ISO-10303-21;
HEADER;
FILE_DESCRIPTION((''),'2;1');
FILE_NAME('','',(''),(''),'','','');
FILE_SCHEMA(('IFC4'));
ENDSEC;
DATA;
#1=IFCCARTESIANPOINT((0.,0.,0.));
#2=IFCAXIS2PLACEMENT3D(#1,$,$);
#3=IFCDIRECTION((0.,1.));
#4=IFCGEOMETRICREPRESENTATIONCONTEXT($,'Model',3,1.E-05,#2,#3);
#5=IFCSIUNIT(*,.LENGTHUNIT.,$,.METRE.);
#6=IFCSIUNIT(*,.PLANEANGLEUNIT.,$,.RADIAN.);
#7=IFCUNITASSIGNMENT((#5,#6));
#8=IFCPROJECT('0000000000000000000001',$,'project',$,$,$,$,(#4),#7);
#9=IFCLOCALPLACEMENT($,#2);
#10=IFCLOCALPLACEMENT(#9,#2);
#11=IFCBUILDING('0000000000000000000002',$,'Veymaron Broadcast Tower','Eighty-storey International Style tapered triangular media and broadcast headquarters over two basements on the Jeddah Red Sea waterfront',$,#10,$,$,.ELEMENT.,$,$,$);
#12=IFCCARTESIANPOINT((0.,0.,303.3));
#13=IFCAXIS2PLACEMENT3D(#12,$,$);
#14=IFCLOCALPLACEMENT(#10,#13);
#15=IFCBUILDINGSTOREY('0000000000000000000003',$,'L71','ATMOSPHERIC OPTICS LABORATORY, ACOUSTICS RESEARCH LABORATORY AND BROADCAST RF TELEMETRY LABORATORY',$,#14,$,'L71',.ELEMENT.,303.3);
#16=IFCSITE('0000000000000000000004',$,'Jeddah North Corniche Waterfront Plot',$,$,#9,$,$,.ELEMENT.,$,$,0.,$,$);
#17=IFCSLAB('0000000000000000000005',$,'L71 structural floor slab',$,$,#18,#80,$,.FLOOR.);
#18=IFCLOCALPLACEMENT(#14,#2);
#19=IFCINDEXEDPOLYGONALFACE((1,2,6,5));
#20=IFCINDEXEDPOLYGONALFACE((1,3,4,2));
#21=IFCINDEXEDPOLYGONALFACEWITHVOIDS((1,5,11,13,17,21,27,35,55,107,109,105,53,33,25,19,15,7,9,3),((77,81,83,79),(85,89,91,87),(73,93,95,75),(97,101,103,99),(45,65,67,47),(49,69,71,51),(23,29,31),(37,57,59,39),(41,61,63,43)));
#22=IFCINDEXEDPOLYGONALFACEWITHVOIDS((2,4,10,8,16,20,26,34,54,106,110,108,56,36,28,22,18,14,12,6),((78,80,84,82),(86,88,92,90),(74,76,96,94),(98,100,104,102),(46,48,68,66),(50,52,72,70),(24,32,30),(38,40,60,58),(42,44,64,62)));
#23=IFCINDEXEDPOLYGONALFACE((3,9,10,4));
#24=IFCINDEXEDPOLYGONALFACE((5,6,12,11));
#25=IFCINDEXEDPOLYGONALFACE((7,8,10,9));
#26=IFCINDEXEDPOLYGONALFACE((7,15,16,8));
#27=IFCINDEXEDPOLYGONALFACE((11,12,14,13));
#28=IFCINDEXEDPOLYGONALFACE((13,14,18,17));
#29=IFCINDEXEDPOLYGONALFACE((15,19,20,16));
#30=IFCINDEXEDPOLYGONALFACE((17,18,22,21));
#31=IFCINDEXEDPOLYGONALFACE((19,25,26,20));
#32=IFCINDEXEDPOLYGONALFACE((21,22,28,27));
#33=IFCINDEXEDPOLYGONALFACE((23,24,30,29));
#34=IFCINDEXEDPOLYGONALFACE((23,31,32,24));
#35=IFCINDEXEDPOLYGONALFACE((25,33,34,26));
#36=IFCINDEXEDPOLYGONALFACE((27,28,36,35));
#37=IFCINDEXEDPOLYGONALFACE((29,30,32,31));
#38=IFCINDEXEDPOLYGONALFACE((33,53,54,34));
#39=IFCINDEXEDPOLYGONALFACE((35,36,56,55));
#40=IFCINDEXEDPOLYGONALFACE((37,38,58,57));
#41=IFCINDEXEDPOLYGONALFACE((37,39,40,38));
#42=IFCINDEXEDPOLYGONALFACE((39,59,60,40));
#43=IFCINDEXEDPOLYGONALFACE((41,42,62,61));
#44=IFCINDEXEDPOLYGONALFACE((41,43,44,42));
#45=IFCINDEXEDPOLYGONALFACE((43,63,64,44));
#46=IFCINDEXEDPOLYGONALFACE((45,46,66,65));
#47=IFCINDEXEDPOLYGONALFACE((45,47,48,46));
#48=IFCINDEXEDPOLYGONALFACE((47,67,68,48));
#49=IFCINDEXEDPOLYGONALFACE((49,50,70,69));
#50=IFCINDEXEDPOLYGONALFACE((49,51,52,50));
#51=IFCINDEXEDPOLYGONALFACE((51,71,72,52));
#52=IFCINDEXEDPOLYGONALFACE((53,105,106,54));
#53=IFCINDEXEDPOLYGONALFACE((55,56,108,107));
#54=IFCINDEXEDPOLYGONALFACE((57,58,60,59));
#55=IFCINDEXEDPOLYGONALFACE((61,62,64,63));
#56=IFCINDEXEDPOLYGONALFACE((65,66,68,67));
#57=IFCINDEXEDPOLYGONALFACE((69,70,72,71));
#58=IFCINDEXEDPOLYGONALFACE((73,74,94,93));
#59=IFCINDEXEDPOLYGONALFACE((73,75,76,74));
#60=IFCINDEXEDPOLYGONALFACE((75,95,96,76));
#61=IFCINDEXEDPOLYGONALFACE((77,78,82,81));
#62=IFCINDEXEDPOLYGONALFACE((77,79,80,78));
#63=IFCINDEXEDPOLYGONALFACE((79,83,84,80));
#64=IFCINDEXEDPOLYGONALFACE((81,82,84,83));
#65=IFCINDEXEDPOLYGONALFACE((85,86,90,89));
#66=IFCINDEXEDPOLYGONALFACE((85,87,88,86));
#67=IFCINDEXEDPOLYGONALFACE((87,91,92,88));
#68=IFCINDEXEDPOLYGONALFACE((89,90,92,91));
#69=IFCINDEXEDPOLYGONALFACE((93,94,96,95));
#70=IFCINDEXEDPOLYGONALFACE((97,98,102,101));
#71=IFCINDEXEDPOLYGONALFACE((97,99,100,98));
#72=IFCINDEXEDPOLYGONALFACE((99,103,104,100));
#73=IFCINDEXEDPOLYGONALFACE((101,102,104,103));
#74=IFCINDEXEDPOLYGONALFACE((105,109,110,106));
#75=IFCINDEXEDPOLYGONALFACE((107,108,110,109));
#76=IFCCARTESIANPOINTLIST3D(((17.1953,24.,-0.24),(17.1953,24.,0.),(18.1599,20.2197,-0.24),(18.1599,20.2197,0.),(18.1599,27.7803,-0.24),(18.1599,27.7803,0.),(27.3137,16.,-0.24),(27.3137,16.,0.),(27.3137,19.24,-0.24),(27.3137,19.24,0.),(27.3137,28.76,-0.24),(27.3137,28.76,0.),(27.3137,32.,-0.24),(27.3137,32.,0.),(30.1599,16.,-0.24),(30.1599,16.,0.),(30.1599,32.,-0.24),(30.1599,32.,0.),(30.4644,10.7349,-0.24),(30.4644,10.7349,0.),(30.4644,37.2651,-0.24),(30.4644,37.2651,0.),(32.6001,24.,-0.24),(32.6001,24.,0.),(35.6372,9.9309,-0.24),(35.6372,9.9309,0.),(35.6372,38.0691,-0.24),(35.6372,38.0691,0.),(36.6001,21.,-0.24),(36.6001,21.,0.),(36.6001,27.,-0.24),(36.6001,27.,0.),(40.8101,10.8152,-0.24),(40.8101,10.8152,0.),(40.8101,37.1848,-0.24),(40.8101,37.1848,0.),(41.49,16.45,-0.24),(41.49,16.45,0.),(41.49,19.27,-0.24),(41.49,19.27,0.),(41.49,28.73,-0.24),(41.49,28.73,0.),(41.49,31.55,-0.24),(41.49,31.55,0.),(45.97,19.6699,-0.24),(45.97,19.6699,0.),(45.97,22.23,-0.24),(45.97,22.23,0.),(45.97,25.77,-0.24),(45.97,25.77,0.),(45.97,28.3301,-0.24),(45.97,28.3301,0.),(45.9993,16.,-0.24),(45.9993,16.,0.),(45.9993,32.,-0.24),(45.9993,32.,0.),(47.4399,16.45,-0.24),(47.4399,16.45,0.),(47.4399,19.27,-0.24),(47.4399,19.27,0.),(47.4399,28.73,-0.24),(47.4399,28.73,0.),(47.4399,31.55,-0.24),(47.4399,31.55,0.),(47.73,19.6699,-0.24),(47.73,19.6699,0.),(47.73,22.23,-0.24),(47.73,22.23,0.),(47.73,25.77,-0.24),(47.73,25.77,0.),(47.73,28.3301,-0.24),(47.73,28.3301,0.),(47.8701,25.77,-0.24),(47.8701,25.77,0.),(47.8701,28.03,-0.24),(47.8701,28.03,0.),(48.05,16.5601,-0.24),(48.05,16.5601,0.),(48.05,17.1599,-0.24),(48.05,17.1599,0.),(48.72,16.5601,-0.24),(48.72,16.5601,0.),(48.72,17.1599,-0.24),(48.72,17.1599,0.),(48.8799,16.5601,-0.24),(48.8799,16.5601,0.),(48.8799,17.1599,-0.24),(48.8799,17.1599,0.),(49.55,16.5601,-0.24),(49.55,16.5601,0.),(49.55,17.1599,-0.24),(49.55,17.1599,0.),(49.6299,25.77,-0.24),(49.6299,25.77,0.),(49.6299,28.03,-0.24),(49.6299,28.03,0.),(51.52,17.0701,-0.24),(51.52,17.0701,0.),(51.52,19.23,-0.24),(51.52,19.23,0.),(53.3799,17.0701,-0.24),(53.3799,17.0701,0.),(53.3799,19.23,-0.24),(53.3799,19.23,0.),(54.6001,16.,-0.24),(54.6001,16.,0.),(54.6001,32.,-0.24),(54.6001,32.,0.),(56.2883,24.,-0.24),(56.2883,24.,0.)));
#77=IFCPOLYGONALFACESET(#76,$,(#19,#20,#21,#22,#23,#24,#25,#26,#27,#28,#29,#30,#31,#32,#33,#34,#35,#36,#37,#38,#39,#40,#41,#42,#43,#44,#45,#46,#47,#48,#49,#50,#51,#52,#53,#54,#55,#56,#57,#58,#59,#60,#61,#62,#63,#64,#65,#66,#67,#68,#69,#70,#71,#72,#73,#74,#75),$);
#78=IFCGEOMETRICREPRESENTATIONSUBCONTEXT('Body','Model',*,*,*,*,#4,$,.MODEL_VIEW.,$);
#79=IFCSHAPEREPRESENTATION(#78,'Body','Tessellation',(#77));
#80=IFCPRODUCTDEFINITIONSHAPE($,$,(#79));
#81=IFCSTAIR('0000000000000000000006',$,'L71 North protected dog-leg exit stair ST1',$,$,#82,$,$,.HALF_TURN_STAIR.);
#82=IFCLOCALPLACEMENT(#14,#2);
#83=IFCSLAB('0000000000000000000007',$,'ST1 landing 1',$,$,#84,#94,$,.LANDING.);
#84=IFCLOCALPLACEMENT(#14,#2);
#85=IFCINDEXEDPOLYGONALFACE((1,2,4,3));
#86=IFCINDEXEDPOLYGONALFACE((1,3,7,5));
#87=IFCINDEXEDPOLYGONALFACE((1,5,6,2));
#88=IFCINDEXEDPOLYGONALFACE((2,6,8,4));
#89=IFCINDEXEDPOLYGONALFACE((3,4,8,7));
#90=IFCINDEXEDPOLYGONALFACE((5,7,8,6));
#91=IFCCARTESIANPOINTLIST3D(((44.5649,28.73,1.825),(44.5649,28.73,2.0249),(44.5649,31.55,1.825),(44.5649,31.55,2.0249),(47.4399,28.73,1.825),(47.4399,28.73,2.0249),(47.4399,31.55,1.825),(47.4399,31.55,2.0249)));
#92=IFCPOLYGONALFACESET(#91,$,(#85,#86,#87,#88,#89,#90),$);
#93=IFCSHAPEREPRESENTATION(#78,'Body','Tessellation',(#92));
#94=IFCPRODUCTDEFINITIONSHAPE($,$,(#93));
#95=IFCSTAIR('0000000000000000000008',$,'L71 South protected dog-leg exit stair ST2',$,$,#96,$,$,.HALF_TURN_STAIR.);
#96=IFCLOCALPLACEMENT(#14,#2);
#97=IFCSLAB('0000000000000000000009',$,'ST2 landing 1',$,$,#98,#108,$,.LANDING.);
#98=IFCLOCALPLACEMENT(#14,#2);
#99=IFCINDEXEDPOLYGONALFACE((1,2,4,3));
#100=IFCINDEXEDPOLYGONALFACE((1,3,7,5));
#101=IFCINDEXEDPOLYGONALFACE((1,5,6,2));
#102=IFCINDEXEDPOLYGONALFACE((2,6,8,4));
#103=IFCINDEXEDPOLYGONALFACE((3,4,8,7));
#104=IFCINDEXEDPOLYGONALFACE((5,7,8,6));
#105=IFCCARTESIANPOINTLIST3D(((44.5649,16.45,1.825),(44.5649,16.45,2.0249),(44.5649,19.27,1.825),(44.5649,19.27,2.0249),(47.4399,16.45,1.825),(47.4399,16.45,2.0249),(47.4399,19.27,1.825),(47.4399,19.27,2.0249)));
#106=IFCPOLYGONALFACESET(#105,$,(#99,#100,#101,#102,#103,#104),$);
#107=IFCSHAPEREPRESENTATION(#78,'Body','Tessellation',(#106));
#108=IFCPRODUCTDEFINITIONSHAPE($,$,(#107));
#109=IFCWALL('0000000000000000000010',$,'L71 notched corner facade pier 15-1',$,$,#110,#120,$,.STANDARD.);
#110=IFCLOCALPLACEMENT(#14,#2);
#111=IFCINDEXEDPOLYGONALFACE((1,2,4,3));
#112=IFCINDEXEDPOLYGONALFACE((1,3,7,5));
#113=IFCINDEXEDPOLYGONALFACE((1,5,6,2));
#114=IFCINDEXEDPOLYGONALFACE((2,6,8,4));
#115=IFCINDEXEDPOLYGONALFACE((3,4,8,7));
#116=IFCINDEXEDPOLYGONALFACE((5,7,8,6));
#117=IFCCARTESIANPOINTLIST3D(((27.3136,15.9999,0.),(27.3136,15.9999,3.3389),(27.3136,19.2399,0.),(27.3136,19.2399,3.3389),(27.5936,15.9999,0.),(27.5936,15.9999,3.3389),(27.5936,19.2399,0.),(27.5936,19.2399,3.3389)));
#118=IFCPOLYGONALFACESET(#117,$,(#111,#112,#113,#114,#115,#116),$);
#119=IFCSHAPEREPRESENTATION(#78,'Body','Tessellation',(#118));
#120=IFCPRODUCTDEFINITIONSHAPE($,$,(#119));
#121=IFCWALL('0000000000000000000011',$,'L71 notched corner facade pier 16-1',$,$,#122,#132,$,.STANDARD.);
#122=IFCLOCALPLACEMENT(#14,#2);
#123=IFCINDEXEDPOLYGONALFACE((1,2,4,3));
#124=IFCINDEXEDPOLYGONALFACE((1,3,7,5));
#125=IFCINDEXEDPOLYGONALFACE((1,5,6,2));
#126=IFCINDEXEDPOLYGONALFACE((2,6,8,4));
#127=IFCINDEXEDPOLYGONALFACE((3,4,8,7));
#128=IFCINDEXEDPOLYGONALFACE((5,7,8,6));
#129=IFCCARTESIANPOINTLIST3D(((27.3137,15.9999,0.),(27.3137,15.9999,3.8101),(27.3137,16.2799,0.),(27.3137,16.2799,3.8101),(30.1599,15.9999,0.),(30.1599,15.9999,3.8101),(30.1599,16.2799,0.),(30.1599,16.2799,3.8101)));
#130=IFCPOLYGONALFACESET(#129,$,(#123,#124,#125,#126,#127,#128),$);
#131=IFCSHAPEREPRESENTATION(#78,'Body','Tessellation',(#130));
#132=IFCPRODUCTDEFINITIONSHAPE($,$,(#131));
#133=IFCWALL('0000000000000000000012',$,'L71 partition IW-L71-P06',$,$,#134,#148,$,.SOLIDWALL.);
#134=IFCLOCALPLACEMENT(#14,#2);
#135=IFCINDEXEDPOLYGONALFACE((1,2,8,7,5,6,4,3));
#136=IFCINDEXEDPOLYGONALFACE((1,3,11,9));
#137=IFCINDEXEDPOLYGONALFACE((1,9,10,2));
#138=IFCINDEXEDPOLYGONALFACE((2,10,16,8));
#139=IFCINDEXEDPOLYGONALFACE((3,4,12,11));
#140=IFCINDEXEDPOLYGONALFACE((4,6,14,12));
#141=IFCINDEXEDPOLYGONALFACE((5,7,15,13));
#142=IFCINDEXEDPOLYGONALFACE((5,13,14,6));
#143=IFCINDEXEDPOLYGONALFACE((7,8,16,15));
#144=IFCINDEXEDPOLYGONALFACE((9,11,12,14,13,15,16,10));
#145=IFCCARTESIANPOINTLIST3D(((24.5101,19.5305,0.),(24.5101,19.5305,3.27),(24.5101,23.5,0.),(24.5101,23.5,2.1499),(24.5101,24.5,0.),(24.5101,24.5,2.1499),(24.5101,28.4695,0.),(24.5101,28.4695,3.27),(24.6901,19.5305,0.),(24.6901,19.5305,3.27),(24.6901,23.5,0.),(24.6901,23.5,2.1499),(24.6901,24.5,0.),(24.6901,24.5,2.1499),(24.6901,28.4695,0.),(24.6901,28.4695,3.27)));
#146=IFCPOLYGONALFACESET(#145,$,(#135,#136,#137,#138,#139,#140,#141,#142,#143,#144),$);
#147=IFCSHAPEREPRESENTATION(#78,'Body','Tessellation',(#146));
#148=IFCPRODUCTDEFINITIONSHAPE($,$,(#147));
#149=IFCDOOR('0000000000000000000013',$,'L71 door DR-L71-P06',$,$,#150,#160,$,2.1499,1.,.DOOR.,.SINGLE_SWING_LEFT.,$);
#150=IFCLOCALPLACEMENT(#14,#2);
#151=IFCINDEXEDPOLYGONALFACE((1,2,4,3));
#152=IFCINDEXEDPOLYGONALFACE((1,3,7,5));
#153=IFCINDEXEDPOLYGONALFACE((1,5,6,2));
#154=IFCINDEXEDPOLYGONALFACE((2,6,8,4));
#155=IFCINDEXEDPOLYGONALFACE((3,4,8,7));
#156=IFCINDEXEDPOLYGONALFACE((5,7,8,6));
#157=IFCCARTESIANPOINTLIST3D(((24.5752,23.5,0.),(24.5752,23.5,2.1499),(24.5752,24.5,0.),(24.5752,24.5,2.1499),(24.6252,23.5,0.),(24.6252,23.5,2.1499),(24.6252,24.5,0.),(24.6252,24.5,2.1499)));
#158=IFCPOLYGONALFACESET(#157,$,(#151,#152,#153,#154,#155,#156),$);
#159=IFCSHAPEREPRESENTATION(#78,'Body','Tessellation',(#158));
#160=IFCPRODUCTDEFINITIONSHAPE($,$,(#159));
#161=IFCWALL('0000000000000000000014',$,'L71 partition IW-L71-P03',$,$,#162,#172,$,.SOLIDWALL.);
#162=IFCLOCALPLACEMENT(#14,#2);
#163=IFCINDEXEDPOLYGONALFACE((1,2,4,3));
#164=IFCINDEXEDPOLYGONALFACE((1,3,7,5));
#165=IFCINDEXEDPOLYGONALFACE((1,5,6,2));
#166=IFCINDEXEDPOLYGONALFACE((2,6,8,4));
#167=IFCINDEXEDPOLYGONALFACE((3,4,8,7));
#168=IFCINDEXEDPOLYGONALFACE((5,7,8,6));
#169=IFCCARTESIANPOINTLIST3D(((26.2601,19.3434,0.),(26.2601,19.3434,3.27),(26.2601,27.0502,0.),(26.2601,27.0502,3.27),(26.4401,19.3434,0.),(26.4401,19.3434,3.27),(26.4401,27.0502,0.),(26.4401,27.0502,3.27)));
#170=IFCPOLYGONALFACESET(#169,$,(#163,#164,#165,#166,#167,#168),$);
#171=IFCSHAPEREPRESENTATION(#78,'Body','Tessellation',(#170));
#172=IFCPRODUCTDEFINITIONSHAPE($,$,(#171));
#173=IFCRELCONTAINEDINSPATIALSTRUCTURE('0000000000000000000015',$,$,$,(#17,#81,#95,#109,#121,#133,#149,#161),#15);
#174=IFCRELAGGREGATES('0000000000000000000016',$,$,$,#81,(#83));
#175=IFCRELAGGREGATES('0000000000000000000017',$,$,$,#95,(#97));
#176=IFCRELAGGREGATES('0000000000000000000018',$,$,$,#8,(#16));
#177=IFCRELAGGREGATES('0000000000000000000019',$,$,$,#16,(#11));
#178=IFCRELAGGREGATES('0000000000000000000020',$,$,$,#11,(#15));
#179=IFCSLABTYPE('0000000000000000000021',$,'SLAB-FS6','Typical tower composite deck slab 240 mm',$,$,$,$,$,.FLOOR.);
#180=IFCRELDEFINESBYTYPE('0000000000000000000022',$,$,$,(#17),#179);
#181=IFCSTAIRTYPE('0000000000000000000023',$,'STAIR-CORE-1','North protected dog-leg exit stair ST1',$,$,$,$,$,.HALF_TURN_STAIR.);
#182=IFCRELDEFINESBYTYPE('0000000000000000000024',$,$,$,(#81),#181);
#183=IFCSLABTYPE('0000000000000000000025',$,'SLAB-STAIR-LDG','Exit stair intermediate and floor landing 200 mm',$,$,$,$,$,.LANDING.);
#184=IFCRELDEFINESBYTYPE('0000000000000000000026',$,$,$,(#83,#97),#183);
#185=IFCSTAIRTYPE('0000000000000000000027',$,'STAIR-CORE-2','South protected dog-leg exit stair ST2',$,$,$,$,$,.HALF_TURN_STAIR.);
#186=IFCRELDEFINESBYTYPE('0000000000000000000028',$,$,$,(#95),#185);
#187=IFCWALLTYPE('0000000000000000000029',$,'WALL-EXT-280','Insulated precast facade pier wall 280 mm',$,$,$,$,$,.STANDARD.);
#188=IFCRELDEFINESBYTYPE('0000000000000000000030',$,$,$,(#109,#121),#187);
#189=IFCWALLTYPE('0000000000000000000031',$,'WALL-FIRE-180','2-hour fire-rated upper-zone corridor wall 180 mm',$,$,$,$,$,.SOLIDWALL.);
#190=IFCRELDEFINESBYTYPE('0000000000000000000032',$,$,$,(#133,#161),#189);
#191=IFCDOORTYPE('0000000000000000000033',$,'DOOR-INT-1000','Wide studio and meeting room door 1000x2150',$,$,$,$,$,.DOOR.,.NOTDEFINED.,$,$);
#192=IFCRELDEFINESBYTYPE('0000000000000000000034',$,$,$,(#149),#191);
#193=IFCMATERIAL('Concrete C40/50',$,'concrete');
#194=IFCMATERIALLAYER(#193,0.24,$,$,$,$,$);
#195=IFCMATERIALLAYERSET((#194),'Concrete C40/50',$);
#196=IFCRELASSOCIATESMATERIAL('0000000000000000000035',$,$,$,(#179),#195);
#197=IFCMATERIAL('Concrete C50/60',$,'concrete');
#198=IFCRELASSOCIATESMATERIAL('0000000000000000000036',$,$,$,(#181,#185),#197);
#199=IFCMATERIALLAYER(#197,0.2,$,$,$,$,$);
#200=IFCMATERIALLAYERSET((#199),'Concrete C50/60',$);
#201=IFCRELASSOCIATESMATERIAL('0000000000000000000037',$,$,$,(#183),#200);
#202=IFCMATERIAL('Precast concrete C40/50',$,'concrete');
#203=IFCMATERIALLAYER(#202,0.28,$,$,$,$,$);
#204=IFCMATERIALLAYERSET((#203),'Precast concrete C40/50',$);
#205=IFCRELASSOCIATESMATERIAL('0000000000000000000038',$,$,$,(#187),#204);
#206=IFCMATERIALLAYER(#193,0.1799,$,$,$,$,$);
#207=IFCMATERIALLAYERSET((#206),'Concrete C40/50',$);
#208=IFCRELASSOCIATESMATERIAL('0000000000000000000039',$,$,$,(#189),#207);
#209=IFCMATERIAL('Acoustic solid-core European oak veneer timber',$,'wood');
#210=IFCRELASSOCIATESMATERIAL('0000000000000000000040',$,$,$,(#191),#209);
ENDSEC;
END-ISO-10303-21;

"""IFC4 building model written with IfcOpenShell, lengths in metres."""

from ifc_helpers import new_model, si_unit, direction, frame, frame_2d, origin, place, context, subcontext, project, spatial, polyline, rectangle, outline, extrude, material, layer, layer_set, type_object, element, fill, aggregate, save


model = new_model("IFC4")

# Units and contexts
model_context = context("Model", 3, precision=1e-05, world=origin(), true_north=direction((0.0, 1.0)))
body_context = subcontext(model_context, "Body", "Model", "MODEL_VIEW")
ifc_project = project(units=[si_unit("LENGTHUNIT", "METRE"), si_unit("PLANEANGLEUNIT", "RADIAN")], contexts=[model_context])

# Site, building, storey
site_placement = place(None, origin())
site = spatial("IfcSite", under=ifc_project, at=site_placement, Name="Jeddah North Corniche Waterfront Plot", CompositionType="ELEMENT", RefElevation=0.0)
building_placement = place(site_placement, origin())
building = spatial("IfcBuilding", under=site, at=building_placement, Name="Veymaron Broadcast Tower", Description="Eighty-storey International Style tapered triangular media and broadcast headquarters over two basements on the Jeddah Red Sea waterfront", CompositionType="ELEMENT")
storey_placement = place(building_placement, frame((0.0, 0.0, 303.3)))
storey = spatial("IfcBuildingStorey", under=building, at=storey_placement, Name="L71", Description="ATMOSPHERIC OPTICS LABORATORY, ACOUSTICS RESEARCH LABORATORY AND BROADCAST RF TELEMETRY LABORATORY", LongName="L71", CompositionType="ELEMENT", Elevation=303.3)

# Slab
ifc_material_1 = material(Name="Concrete C40/50", Category="concrete")
ifc_layer_1 = layer(ifc_material_1, 0.24)
ifc_layer_set_1 = layer_set([ifc_layer_1], Name="Concrete C40/50")
slab_type_1 = type_object("IfcSlabType", Name="SLAB-FS6", Description="Typical tower composite deck slab 240 mm", PredefinedType="FLOOR", material=ifc_layer_set_1)
slab_1_placement = place(storey_placement, frame((0.0, 0.0, -0.24)))
element("IfcSlab", 1, at=slab_1_placement, inside=storey, type_object=slab_type_1, Name="L71 structural floor slab", PredefinedType="FLOOR", context=body_context, shape_type="SweptSolid", body=[
    extrude(outline(polyline([(45.9993, 16.0), (54.6001, 16.0), (56.2883, 24.0), (54.6001, 32.0), (45.9993, 32.0), (40.8101, 37.1848), (35.6372, 38.0691), (30.4644, 37.2651), (30.1599, 32.0), (27.3137, 32.0), (27.3137, 28.76), (18.1599, 27.7803), (17.1953, 24.0), (18.1599, 20.2197), (27.3137, 19.24), (27.3137, 16.0), (30.1599, 16.0), (30.4644, 10.7349), (35.6372, 9.9309), (40.8101, 10.8152), (45.9993, 16.0)]), holes=[polyline([(45.97, 28.3301), (47.73, 28.3301), (47.73, 25.77), (45.97, 25.77), (45.97, 28.3301)]), polyline([(45.97, 22.23), (47.73, 22.23), (47.73, 19.6699), (45.97, 19.6699), (45.97, 22.23)]), polyline([(47.8701, 28.03), (49.6299, 28.03), (49.6299, 25.77), (47.8701, 25.77), (47.8701, 28.03)]), polyline([(51.52, 19.23), (53.3799, 19.23), (53.3799, 17.0701), (51.52, 17.0701), (51.52, 19.23)]), polyline([(48.05, 17.1599), (48.72, 17.1599), (48.72, 16.5601), (48.05, 16.5601), (48.05, 17.1599)]), polyline([(48.8799, 17.1599), (49.55, 17.1599), (49.55, 16.5601), (48.8799, 16.5601), (48.8799, 17.1599)]), polyline([(36.6001, 27.0), (36.6001, 21.0), (32.6001, 24.0), (36.6001, 27.0)]), polyline([(41.49, 31.55), (47.4399, 31.55), (47.4399, 28.73), (41.49, 28.73), (41.49, 31.55)]), polyline([(41.49, 19.27), (47.4399, 19.27), (47.4399, 16.45), (41.49, 16.45), (41.49, 19.27)])]), origin(), (0.0, 0.0, 1.0), 0.24),
])

# Stairs, slabs
ifc_material_2 = material(Name="Concrete C50/60", Category="concrete")
stair_type_1 = type_object("IfcStairType", Name="STAIR-CORE-1", Description="North protected dog-leg exit stair ST1", PredefinedType="HALF_TURN_STAIR", material=ifc_material_2)
stair_1_placement = place(storey_placement, origin())
stair_1 = element("IfcStair", 2, at=stair_1_placement, inside=storey, type_object=stair_type_1, Name="L71 North protected dog-leg exit stair ST1", PredefinedType="HALF_TURN_STAIR")
ifc_layer_2 = layer(ifc_material_2, 0.2)
ifc_layer_set_2 = layer_set([ifc_layer_2], Name="Concrete C50/60")
slab_type_2 = type_object("IfcSlabType", Name="SLAB-STAIR-LDG", Description="Exit stair intermediate and floor landing 200 mm", PredefinedType="LANDING", material=ifc_layer_set_2)
slab_2_placement = place(storey_placement, frame((0.0, 0.0, 1.825)))
slab_2 = element("IfcSlab", 3, at=slab_2_placement, type_object=slab_type_2, Name="ST1 landing 1", PredefinedType="LANDING", context=body_context, shape_type="SweptSolid", body=[
    extrude(outline(polyline([(44.5649, 28.73), (47.4399, 28.73), (47.4399, 31.55), (44.5649, 31.55), (44.5649, 28.73)])), origin(), (0.0, 0.0, 1.0), 0.2),
])
aggregate(stair_1, [slab_2])
stair_type_2 = type_object("IfcStairType", Name="STAIR-CORE-2", Description="South protected dog-leg exit stair ST2", PredefinedType="HALF_TURN_STAIR", material=ifc_material_2)
stair_2_placement = place(storey_placement, origin())
stair_2 = element("IfcStair", 4, at=stair_2_placement, inside=storey, type_object=stair_type_2, Name="L71 South protected dog-leg exit stair ST2", PredefinedType="HALF_TURN_STAIR")
slab_3_placement = place(storey_placement, frame((0.0, 0.0, 1.825)))
slab_3 = element("IfcSlab", 5, at=slab_3_placement, type_object=slab_type_2, Name="ST2 landing 1", PredefinedType="LANDING", context=body_context, shape_type="SweptSolid", body=[
    extrude(outline(polyline([(44.5649, 16.45), (47.4399, 16.45), (47.4399, 19.27), (44.5649, 19.27), (44.5649, 16.45)])), origin(), (0.0, 0.0, 1.0), 0.2),
])
aggregate(stair_2, [slab_3])

# Walls
ifc_material_3 = material(Name="Precast concrete C40/50", Category="concrete")
ifc_layer_3 = layer(ifc_material_3, 0.28)
ifc_layer_set_3 = layer_set([ifc_layer_3], Name="Precast concrete C40/50")
wall_type_1 = type_object("IfcWallType", Name="WALL-EXT-280", Description="Insulated precast facade pier wall 280 mm", PredefinedType="STANDARD", material=ifc_layer_set_3)
wall_1_placement = place(storey_placement, frame((27.4536, 19.24, 0.0), z_axis=(0.0, 0.0, 1.0), x_axis=(0.0, -1.0, 0.0)))
element("IfcWall", 6, at=wall_1_placement, inside=storey, type_object=wall_type_1, Name="L71 notched corner facade pier 15-1", PredefinedType="STANDARD", context=body_context, shape_type="SweptSolid", body=[
    extrude(rectangle(XDim=3.24, YDim=0.28, at=frame_2d((1.6201, 0.0))), origin(), (0.0, 0.0, 1.0), 3.3389),
])
wall_2_placement = place(storey_placement, frame((27.3137, 16.1399, 0.0), z_axis=(0.0, 0.0, 1.0), x_axis=(1.0, 0.0, 0.0)))
element("IfcWall", 7, at=wall_2_placement, inside=storey, type_object=wall_type_1, Name="L71 notched corner facade pier 16-1", PredefinedType="STANDARD", context=body_context, shape_type="SweptSolid", body=[
    extrude(rectangle(XDim=2.8462, YDim=0.28, at=frame_2d((1.4231, 0.0))), origin(), (0.0, 0.0, 1.0), 3.8101),
])

# Wall, opening, door
ifc_layer_4 = layer(ifc_material_1, 0.1799)
ifc_layer_set_4 = layer_set([ifc_layer_4], Name="Concrete C40/50")
wall_type_2 = type_object("IfcWallType", Name="WALL-FIRE-180", Description="2-hour fire-rated upper-zone corridor wall 180 mm", PredefinedType="SOLIDWALL", material=ifc_layer_set_4)
wall_3_placement = place(storey_placement, frame((24.6001, 19.5305, 0.0), z_axis=(0.0, 0.0, 1.0), x_axis=(0.0, 1.0, 0.0)))
wall_3 = element("IfcWall", 8, at=wall_3_placement, inside=storey, type_object=wall_type_2, Name="L71 partition IW-L71-P06", PredefinedType="SOLIDWALL", context=body_context, shape_type="SweptSolid", body=[
    extrude(rectangle(XDim=8.939, YDim=0.1799, at=frame_2d((4.4695, 0.0))), origin(), (0.0, 0.0, 1.0), 3.27),
])
opening_placement = place(wall_3_placement, frame((3.9695, 0.0, 0.0)))
opening = element("IfcOpeningElement", 9, at=opening_placement, cuts=wall_3, PredefinedType="OPENING", context=body_context, shape_type="SweptSolid", body=[
    extrude(rectangle(XDim=1.0, YDim=2.1499, at=frame_2d((0.5, 1.075))), frame((0.0, 0.1001, 0.0), z_axis=(0.0, -1.0, 0.0), x_axis=(1.0, 0.0, 0.0)), (0.0, 0.0, 1.0), 0.2),
])
ifc_material_4 = material(Name="Acoustic solid-core European oak veneer timber", Category="wood")
door_type = type_object("IfcDoorType", Name="DOOR-INT-1000", Description="Wide studio and meeting room door 1000x2150", OperationType="NOTDEFINED", PredefinedType="DOOR", material=ifc_material_4)
door_placement = place(opening_placement, origin())
door = element("IfcDoor", 10, at=door_placement, inside=storey, type_object=door_type, Name="L71 door DR-L71-P06", OperationType="SINGLE_SWING_LEFT", OverallHeight=2.1499, OverallWidth=1.0, PredefinedType="DOOR", context=body_context, shape_type="SweptSolid", body=[
    extrude(rectangle(XDim=1.0, YDim=2.1499, at=frame_2d((0.5, 1.075))), frame((0.0, 0.0249, 0.0), z_axis=(0.0, -1.0, 0.0), x_axis=(1.0, 0.0, 0.0)), (0.0, 0.0, 1.0), 0.05),
])
fill(opening, door)

# Wall
wall_4_placement = place(storey_placement, frame((26.3501, 19.3433, 0.0), z_axis=(0.0, 0.0, 1.0), x_axis=(0.0, 1.0, 0.0)))
element("IfcWall", 11, at=wall_4_placement, inside=storey, type_object=wall_type_2, Name="L71 partition IW-L71-P03", PredefinedType="SOLIDWALL", context=body_context, shape_type="SweptSolid", body=[
    extrude(rectangle(XDim=7.7068, YDim=0.1799, at=frame_2d((3.8535, 0.0))), origin(), (0.0, 0.0, 1.0), 3.27),
])

save(model, "model.ifc")
